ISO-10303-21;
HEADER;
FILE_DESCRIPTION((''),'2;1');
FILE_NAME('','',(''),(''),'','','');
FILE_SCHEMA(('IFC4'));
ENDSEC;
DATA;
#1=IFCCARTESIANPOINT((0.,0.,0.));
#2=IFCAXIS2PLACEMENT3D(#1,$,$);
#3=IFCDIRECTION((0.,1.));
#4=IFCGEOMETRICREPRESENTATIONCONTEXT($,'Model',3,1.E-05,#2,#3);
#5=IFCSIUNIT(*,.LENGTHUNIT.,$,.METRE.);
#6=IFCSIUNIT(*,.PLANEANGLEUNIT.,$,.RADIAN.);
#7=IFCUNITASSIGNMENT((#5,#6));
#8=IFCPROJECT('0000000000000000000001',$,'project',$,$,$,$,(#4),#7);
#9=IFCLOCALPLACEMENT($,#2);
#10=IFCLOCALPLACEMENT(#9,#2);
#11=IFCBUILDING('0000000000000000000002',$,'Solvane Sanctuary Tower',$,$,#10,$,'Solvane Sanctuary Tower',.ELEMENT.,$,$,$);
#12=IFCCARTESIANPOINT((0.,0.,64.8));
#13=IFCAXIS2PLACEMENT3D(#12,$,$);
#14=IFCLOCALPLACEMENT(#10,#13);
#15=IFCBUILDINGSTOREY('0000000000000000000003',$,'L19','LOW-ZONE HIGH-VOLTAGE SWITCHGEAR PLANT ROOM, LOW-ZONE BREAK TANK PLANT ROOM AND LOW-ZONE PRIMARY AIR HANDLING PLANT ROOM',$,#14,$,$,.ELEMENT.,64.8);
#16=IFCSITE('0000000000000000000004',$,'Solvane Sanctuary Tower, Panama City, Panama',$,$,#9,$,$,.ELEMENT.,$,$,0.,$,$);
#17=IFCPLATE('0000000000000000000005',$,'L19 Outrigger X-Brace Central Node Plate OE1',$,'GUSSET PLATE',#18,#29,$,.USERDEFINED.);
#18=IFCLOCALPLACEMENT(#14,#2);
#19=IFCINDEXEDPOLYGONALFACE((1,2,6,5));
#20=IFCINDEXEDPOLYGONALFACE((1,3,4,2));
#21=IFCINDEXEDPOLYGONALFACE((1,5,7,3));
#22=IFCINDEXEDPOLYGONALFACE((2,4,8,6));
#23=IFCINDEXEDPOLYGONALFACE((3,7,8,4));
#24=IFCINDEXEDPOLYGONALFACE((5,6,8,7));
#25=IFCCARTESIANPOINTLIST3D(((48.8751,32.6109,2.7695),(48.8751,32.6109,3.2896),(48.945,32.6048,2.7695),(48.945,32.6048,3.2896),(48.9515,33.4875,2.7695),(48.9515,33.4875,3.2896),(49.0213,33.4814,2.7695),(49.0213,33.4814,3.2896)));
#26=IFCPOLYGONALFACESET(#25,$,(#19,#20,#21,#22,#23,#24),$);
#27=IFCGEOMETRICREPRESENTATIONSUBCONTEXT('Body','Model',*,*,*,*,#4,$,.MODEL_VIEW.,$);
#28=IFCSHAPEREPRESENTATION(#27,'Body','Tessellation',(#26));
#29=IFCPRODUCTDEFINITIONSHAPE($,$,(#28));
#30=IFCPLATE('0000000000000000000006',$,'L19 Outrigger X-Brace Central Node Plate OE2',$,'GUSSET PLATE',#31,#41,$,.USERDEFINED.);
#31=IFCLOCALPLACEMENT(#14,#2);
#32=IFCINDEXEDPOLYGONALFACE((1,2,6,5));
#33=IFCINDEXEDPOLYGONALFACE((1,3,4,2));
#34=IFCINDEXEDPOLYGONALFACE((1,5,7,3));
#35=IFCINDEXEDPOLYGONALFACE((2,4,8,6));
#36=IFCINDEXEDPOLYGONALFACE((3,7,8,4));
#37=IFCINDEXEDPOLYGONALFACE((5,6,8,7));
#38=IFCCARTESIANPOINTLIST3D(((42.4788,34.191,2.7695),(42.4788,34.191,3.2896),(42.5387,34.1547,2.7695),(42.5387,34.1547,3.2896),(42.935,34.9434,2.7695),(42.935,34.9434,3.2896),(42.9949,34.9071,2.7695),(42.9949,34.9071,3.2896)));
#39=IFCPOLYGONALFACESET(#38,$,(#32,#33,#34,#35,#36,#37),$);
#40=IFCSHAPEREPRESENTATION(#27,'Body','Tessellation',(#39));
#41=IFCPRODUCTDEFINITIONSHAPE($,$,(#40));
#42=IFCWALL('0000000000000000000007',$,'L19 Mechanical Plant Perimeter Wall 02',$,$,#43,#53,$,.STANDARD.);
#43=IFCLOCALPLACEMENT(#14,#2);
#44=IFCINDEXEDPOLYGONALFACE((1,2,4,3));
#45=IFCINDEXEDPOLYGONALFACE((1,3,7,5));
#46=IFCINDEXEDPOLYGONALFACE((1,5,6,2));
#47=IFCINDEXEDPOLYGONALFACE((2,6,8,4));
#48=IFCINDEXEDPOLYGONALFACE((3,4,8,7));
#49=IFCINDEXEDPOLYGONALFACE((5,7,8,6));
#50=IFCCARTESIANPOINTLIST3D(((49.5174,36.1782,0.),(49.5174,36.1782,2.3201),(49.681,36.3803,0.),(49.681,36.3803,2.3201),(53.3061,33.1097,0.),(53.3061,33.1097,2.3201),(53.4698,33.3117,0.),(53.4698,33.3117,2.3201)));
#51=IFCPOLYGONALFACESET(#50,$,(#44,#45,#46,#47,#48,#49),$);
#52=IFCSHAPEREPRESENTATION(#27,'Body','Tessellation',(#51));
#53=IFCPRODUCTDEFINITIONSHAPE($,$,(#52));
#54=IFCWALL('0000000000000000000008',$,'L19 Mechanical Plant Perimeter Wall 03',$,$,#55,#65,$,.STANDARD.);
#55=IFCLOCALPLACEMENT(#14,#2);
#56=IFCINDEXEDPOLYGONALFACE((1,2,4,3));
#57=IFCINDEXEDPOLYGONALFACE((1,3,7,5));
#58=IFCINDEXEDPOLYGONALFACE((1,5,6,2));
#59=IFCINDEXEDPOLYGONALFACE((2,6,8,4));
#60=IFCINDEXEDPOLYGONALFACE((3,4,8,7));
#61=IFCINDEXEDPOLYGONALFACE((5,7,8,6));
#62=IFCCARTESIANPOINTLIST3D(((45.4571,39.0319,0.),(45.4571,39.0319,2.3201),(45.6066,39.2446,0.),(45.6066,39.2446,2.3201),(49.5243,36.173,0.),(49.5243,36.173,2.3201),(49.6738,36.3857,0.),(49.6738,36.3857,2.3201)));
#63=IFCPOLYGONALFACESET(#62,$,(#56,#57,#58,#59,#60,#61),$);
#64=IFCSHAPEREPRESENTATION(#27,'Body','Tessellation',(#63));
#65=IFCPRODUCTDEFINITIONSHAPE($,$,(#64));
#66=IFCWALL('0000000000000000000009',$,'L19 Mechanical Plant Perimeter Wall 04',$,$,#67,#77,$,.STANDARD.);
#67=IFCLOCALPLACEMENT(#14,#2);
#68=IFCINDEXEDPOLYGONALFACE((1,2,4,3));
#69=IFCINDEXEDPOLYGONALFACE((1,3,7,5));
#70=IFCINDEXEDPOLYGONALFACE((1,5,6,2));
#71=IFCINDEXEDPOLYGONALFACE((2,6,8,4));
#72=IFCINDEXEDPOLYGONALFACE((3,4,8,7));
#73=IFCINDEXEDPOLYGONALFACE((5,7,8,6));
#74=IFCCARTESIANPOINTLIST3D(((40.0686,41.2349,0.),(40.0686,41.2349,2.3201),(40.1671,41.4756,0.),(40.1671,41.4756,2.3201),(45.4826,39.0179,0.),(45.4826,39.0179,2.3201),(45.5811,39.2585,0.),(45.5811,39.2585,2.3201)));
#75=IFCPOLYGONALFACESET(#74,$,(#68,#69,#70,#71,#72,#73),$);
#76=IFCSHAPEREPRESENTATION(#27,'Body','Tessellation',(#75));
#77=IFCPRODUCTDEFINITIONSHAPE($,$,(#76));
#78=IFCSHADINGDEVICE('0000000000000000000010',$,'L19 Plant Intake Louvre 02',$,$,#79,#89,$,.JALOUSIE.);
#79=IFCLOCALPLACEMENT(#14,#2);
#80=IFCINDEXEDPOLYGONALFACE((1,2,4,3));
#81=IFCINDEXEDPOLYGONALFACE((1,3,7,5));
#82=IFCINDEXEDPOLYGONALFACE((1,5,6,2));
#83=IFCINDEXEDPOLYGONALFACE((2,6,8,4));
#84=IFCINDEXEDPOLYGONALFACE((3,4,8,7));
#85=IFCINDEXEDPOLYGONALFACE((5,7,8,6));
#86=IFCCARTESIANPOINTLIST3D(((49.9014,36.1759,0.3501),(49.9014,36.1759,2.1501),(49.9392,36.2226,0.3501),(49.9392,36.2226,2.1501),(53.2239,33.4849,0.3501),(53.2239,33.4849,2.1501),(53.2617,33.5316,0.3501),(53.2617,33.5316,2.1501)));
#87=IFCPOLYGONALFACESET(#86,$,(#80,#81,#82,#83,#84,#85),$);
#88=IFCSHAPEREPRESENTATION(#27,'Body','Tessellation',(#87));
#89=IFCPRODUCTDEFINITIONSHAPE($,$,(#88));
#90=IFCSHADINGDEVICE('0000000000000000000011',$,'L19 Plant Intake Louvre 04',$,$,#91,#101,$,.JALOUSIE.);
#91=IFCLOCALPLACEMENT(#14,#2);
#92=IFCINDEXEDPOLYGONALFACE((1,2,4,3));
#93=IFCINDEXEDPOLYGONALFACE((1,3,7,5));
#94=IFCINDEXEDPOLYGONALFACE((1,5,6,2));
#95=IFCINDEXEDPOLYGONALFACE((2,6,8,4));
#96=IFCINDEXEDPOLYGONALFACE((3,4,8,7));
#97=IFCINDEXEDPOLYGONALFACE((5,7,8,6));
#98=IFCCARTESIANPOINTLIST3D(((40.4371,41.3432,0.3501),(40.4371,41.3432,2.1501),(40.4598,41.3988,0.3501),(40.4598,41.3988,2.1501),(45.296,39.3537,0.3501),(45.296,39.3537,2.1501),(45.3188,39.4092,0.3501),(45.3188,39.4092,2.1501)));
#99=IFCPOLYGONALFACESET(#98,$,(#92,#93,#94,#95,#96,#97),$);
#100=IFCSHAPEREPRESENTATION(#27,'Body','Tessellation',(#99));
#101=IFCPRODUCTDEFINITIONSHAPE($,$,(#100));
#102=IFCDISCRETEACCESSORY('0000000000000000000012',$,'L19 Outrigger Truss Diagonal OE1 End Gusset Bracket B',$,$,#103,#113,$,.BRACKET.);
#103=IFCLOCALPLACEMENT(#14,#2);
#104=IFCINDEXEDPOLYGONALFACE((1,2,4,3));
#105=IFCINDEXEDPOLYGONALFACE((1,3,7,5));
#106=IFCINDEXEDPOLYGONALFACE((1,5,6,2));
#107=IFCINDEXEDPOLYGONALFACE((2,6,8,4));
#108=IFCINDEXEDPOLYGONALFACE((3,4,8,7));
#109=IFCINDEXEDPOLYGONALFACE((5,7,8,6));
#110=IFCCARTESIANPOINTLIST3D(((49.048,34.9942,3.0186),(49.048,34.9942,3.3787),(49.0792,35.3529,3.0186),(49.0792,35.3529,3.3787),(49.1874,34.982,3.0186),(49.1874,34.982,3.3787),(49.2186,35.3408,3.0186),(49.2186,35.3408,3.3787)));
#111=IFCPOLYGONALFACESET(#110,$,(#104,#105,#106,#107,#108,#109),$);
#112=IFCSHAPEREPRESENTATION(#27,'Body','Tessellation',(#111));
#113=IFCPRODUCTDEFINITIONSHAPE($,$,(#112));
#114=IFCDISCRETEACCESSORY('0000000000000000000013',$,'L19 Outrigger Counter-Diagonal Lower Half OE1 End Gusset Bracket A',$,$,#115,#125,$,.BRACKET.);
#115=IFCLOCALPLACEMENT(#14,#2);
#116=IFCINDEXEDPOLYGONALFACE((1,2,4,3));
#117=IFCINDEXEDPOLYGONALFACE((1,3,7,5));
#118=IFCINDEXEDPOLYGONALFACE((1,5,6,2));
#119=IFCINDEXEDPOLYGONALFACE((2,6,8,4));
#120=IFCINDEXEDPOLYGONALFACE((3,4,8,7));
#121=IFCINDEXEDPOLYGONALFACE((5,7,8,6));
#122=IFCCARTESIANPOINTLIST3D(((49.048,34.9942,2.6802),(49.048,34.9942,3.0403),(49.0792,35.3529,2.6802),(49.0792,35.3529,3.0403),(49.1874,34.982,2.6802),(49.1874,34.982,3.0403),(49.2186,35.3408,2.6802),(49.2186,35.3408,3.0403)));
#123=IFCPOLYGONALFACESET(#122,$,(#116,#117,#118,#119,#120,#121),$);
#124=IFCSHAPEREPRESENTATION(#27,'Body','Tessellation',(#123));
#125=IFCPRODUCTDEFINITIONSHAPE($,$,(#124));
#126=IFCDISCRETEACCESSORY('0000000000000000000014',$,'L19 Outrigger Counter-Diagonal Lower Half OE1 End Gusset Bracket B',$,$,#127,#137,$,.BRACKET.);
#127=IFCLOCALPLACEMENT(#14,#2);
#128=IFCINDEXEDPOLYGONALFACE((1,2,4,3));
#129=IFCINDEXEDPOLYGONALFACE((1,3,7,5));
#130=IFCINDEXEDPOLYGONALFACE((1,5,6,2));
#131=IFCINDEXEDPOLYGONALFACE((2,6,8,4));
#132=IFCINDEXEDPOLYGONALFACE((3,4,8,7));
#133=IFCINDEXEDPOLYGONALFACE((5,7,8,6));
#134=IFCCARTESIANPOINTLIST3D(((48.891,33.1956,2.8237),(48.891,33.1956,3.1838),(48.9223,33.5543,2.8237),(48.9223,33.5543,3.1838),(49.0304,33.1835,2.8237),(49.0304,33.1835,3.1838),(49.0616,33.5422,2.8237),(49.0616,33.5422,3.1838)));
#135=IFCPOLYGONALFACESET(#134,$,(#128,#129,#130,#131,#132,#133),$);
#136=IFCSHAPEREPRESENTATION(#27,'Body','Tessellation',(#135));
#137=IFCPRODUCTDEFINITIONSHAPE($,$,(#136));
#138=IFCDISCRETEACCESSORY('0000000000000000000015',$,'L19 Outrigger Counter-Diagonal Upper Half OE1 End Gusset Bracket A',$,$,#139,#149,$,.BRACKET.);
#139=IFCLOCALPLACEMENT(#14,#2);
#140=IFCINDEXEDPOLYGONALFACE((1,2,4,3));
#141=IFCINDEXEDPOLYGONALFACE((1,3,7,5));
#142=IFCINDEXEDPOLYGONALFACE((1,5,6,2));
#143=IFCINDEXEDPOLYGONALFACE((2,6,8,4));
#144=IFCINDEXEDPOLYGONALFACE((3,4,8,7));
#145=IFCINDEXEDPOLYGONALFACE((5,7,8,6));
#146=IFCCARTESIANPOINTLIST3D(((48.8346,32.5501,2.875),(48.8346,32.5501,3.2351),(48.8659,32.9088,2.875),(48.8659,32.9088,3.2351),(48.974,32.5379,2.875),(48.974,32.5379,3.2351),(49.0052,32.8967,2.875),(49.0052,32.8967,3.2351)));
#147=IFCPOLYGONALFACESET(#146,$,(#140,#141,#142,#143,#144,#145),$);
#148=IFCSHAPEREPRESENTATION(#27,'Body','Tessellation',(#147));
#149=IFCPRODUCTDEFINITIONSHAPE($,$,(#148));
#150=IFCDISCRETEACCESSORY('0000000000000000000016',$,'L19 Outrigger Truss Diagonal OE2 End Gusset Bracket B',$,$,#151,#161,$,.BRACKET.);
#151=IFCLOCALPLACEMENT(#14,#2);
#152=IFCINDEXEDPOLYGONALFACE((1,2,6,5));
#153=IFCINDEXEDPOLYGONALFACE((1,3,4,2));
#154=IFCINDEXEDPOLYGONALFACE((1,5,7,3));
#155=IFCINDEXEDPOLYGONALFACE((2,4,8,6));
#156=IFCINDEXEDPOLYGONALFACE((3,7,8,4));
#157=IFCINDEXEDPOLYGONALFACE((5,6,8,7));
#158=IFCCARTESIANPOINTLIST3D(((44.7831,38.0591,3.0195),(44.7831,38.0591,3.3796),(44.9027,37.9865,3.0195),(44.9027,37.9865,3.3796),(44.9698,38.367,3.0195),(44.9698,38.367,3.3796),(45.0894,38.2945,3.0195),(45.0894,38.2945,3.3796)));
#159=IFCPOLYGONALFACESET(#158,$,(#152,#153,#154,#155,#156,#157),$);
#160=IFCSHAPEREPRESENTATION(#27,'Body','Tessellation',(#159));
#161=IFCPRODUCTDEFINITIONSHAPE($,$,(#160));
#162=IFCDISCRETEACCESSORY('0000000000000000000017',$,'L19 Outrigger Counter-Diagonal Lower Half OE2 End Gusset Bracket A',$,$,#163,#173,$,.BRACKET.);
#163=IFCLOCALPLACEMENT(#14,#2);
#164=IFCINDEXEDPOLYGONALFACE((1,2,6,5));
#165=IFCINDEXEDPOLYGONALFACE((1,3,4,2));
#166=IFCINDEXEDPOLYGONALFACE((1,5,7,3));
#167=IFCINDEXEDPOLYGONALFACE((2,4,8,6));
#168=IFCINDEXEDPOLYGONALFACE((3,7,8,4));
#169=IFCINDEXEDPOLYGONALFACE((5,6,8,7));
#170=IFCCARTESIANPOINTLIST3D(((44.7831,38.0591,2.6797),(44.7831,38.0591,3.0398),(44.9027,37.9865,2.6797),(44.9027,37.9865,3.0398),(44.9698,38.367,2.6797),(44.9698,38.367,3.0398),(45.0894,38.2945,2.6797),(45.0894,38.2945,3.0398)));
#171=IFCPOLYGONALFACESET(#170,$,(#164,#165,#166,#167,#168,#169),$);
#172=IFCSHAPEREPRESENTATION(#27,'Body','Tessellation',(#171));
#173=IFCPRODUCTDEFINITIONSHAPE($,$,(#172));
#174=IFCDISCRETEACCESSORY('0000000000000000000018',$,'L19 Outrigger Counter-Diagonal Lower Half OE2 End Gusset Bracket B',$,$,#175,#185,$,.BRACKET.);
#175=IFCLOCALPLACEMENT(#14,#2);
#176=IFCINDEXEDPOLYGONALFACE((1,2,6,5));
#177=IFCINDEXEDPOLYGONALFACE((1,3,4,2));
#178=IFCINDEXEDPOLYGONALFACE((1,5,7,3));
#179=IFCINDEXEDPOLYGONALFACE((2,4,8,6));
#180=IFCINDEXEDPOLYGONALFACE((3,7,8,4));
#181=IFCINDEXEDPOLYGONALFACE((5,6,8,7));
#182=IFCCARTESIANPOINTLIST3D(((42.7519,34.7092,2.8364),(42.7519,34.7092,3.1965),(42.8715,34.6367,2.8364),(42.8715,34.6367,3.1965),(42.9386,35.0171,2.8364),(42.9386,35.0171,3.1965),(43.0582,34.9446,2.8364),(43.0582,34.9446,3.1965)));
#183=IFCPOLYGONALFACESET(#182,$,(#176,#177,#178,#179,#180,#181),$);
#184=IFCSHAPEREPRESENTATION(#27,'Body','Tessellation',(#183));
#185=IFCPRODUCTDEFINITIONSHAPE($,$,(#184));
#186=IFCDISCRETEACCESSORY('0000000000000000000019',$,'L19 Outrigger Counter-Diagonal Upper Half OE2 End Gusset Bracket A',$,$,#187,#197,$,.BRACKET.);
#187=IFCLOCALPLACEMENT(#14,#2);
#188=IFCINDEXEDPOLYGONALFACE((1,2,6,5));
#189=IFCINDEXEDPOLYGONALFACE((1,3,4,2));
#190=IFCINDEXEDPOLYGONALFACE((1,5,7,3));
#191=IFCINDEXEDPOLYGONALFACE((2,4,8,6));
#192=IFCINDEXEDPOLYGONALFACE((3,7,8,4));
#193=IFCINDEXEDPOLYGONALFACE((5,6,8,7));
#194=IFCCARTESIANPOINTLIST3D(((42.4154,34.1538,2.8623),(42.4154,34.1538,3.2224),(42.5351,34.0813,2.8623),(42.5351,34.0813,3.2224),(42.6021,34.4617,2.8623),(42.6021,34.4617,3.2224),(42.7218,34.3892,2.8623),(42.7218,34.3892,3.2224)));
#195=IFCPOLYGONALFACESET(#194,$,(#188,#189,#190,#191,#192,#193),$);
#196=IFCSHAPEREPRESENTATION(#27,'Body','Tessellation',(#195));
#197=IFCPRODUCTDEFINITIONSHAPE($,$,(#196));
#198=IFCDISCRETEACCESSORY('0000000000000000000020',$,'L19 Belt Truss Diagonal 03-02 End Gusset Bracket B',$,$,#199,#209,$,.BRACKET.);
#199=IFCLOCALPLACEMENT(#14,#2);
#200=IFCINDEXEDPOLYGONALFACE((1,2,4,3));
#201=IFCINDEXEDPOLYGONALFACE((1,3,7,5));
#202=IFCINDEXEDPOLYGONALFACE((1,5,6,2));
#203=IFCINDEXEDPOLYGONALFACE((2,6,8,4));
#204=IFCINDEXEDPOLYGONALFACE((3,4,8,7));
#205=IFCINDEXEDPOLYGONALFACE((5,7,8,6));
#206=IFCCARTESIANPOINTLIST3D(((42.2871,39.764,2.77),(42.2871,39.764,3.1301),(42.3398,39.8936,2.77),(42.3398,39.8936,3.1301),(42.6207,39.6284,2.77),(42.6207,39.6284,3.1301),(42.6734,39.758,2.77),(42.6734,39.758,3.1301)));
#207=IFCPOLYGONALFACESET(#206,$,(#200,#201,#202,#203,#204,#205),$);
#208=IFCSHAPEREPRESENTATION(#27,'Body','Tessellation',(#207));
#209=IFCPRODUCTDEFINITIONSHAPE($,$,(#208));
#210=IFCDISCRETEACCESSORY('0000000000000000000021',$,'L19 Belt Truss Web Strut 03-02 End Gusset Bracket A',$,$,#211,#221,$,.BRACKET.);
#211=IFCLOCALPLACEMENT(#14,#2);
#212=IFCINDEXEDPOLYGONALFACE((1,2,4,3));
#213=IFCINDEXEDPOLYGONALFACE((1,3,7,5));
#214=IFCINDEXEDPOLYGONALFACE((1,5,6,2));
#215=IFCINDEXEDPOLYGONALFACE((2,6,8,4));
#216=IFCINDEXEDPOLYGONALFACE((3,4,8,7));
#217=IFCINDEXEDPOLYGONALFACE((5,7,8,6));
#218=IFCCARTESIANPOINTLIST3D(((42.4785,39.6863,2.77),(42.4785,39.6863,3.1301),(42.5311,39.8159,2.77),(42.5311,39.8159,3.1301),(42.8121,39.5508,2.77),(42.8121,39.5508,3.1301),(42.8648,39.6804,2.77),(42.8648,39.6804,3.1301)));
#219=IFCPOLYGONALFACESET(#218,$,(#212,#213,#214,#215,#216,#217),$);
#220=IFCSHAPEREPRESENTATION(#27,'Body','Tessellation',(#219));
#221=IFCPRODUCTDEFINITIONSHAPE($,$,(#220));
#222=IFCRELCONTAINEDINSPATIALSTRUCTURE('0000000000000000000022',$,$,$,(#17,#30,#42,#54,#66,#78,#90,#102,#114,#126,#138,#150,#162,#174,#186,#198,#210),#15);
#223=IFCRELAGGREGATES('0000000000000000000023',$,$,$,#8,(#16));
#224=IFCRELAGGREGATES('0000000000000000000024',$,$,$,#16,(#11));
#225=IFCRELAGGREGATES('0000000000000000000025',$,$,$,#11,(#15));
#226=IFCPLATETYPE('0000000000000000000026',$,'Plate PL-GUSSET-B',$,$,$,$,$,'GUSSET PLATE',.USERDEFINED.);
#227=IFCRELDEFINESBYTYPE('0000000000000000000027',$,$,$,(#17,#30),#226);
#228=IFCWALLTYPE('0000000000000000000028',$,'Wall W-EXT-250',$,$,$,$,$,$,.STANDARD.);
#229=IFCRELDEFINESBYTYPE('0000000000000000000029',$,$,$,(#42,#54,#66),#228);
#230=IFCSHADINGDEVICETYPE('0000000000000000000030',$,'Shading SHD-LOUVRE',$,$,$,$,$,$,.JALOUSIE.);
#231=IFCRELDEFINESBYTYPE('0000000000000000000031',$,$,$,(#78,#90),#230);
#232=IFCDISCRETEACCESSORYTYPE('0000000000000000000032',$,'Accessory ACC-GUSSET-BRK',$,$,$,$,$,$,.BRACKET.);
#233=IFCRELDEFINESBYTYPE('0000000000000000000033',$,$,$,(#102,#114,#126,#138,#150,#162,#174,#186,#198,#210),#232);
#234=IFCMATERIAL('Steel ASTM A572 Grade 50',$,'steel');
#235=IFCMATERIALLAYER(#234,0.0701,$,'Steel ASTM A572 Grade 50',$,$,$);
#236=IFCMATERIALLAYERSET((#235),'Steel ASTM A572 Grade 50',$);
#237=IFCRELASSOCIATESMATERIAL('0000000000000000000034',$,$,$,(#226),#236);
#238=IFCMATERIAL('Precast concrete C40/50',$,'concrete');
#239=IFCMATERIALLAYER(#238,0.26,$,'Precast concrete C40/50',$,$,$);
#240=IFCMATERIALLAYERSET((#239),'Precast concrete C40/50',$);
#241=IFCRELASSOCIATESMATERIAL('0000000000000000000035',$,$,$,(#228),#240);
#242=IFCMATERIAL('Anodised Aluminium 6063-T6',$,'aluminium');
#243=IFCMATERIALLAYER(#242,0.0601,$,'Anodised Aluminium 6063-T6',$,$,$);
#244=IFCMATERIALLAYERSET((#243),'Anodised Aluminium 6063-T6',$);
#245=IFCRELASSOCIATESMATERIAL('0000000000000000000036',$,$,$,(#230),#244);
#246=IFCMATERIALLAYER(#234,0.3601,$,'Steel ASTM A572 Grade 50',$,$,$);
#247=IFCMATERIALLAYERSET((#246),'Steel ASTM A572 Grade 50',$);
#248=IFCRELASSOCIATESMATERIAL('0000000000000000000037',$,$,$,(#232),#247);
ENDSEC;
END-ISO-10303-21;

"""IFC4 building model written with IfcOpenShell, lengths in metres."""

from ifc_helpers import new_model, si_unit, direction, frame, frame_2d, origin, origin_2d, place, context, subcontext, project, spatial, rectangle, extrude, material, layer, layer_set, type_object, element, save


model = new_model("IFC4")

# Units and contexts
model_context = context("Model", 3, precision=1e-05, world=origin(), true_north=direction((0.0, 1.0)))
body_context = subcontext(model_context, "Body", "Model", "MODEL_VIEW")
ifc_project = project(units=[si_unit("LENGTHUNIT", "METRE"), si_unit("PLANEANGLEUNIT", "RADIAN")], contexts=[model_context])

# Site, building, storey
site_placement = place(None, origin())
site = spatial("IfcSite", under=ifc_project, at=site_placement, Name="Solvane Sanctuary Tower, Panama City, Panama", CompositionType="ELEMENT", RefElevation=0.0)
building_placement = place(site_placement, origin())
building = spatial("IfcBuilding", under=site, at=building_placement, Name="Solvane Sanctuary Tower", LongName="Solvane Sanctuary Tower", CompositionType="ELEMENT")
storey_placement = place(building_placement, frame((0.0, 0.0, 64.8)))
storey = spatial("IfcBuildingStorey", under=building, at=storey_placement, Name="L19", Description="LOW-ZONE HIGH-VOLTAGE SWITCHGEAR PLANT ROOM, LOW-ZONE BREAK TANK PLANT ROOM AND LOW-ZONE PRIMARY AIR HANDLING PLANT ROOM", CompositionType="ELEMENT", Elevation=64.8)

# Plates
ifc_material_1 = material(Name="Steel ASTM A572 Grade 50", Category="steel")
ifc_layer_1 = layer(ifc_material_1, 0.0701, Name="Steel ASTM A572 Grade 50")
ifc_layer_set_1 = layer_set([ifc_layer_1], Name="Steel ASTM A572 Grade 50")
plate_type = type_object("IfcPlateType", Name="Plate PL-GUSSET-B", ElementType="GUSSET PLATE", PredefinedType="USERDEFINED", material=ifc_layer_set_1)
for number, where, z_axis, x_axis, name in (
    (1, (48.9482, 33.0461, 2.7695), (0.0, 0.0, 1.0), (0.086808, 0.996225, 0.0), "L19 Outrigger X-Brace Central Node Plate OE1"),
    (2, (42.7368, 34.5491, 2.7695), (0.0, 0.0, 1.0), (0.518475, 0.855093, 0.0), "L19 Outrigger X-Brace Central Node Plate OE2"),
):
    element("IfcPlate", number, at=place(storey_placement, frame(where, z_axis=z_axis, x_axis=x_axis)), inside=storey, type_object=plate_type, Name=name, ObjectType="GUSSET PLATE", PredefinedType="USERDEFINED", context=body_context, shape_type="SweptSolid", body=[
        extrude(rectangle(XDim=0.8799, YDim=0.0701, at=origin_2d()), origin(), (0.0, 0.0, 1.0), 0.52),
    ])

# Walls
ifc_material_2 = material(Name="Precast concrete C40/50", Category="concrete")
ifc_layer_2 = layer(ifc_material_2, 0.26, Name="Precast concrete C40/50")
ifc_layer_set_2 = layer_set([ifc_layer_2], Name="Precast concrete C40/50")
wall_type = type_object("IfcWallType", Name="Wall W-EXT-250", PredefinedType="STANDARD", material=ifc_layer_set_2)
wall_1_placement = place(storey_placement, frame((53.3879, 33.2107, 0.0), z_axis=(0.0, 0.0, 1.0), x_axis=(-0.777098, 0.62938, 0.0)))
element("IfcWall", 3, at=wall_1_placement, inside=storey, type_object=wall_type, Name="L19 Mechanical Plant Perimeter Wall 02", PredefinedType="STANDARD", context=body_context, shape_type="SweptSolid", body=[
    extrude(rectangle(XDim=4.8755, YDim=0.26, at=frame_2d((2.4377, 0.0))), origin(), (0.0, 0.0, 1.0), 2.3201),
])
wall_2_placement = place(storey_placement, frame((49.5991, 36.2793, 0.0), z_axis=(0.0, 0.0, 1.0), x_axis=(-0.818107, 0.575066, 0.0)))
element("IfcWall", 4, at=wall_2_placement, inside=storey, type_object=wall_type, Name="L19 Mechanical Plant Perimeter Wall 03", PredefinedType="STANDARD", context=body_context, shape_type="SweptSolid", body=[
    extrude(rectangle(XDim=4.9714, YDim=0.26, at=frame_2d((2.4858, 0.0))), origin(), (0.0, 0.0, 1.0), 2.3201),
])
wall_3_placement = place(storey_placement, frame((45.532, 39.1382, 0.0), z_axis=(0.0, 0.0, 1.0), x_axis=(-0.925415, 0.378955, 0.0)))
element("IfcWall", 5, at=wall_3_placement, inside=storey, type_object=wall_type, Name="L19 Mechanical Plant Perimeter Wall 04", PredefinedType="STANDARD", context=body_context, shape_type="SweptSolid", body=[
    extrude(rectangle(XDim=5.8503, YDim=0.26, at=frame_2d((2.9253, 0.0))), origin(), (0.0, 0.0, 1.0), 2.3201),
])

# Shading devices
ifc_material_3 = material(Name="Anodised Aluminium 6063-T6", Category="aluminium")
ifc_layer_3 = layer(ifc_material_3, 0.0601, Name="Anodised Aluminium 6063-T6")
ifc_layer_set_3 = layer_set([ifc_layer_3], Name="Anodised Aluminium 6063-T6")
shading_device_type = type_object("IfcShadingDeviceType", Name="Shading SHD-LOUVRE", PredefinedType="JALOUSIE", material=ifc_layer_set_3)
shading_device_1_placement = place(storey_placement, frame((51.5815, 34.8538, 0.3501), z_axis=(0.0, 0.0, 1.0), x_axis=(-0.777094, 0.629384, 0.0)))
element("IfcShadingDevice", 6, at=shading_device_1_placement, inside=storey, type_object=shading_device_type, Name="L19 Plant Intake Louvre 02", PredefinedType="JALOUSIE", context=body_context, shape_type="SweptSolid", body=[
    extrude(rectangle(XDim=4.2756, YDim=0.0601, at=origin_2d()), origin(), (0.0, 0.0, 1.0), 1.8),
])
shading_device_2_placement = place(storey_placement, frame((42.8779, 40.3762, 0.3501), z_axis=(0.0, 0.0, 1.0), x_axis=(-0.925427, 0.378926, 0.0)))
element("IfcShadingDevice", 7, at=shading_device_2_placement, inside=storey, type_object=shading_device_type, Name="L19 Plant Intake Louvre 04", PredefinedType="JALOUSIE", context=body_context, shape_type="SweptSolid", body=[
    extrude(rectangle(XDim=5.2505, YDim=0.0601, at=origin_2d()), origin(), (0.0, 0.0, 1.0), 1.8),
])

# Discrete accessories
ifc_layer_4 = layer(ifc_material_1, 0.3601, Name="Steel ASTM A572 Grade 50")
ifc_layer_set_4 = layer_set([ifc_layer_4], Name="Steel ASTM A572 Grade 50")
discrete_accessory_type = type_object("IfcDiscreteAccessoryType", Name="Accessory ACC-GUSSET-BRK", PredefinedType="BRACKET", material=ifc_layer_set_4)
for number, where, z_axis, x_axis, name in (
    (8, (49.1333, 35.1675, 3.0186), (0.0, 0.0, 1.0), (0.086808, 0.996225, 0.0), "L19 Outrigger Truss Diagonal OE1 End Gusset Bracket B"),
    (9, (49.1333, 35.1675, 2.6802), (0.0, 0.0, 1.0), (-0.086808, -0.996225, 0.0), "L19 Outrigger Counter-Diagonal Lower Half OE1 End Gusset Bracket A"),
    (10, (48.9763, 33.3689, 2.8237), (0.0, 0.0, 1.0), (-0.086808, -0.996225, 0.0), "L19 Outrigger Counter-Diagonal Lower Half OE1 End Gusset Bracket B"),
    (11, (48.9199, 32.7234, 2.875), (0.0, 0.0, 1.0), (-0.086808, -0.996225, 0.0), "L19 Outrigger Counter-Diagonal Upper Half OE1 End Gusset Bracket A"),
    (12, (44.9363, 38.1768, 3.0195), (0.0, 0.0, 1.0), (0.518475, 0.855093, 0.0), "L19 Outrigger Truss Diagonal OE2 End Gusset Bracket B"),
    (13, (44.9363, 38.1768, 2.6797), (0.0, 0.0, 1.0), (-0.518475, -0.855093, 0.0), "L19 Outrigger Counter-Diagonal Lower Half OE2 End Gusset Bracket A"),
    (14, (42.905, 34.8269, 2.8364), (0.0, 0.0, 1.0), (-0.518475, -0.855093, 0.0), "L19 Outrigger Counter-Diagonal Lower Half OE2 End Gusset Bracket B"),
    (15, (42.5686, 34.2715, 2.8623), (0.0, 0.0, 1.0), (-0.518475, -0.855093, 0.0), "L19 Outrigger Counter-Diagonal Upper Half OE2 End Gusset Bracket A"),
    (16, (42.4802, 39.761, 2.77), (0.0, 0.0, 1.0), (0.926397, -0.376548, 0.0), "L19 Belt Truss Diagonal 03-02 End Gusset Bracket B"),
    (17, (42.6716, 39.6833, 2.77), (0.0, 0.0, 1.0), (0.926463, -0.376386, 0.0), "L19 Belt Truss Web Strut 03-02 End Gusset Bracket A"),
):
    element("IfcDiscreteAccessory", number, at=place(storey_placement, frame(where, z_axis=z_axis, x_axis=x_axis)), inside=storey, type_object=discrete_accessory_type, Name=name, PredefinedType="BRACKET", context=body_context, shape_type="SweptSolid", body=[
        extrude(rectangle(XDim=0.3601, YDim=0.1399, at=origin_2d()), origin(), (0.0, 0.0, 1.0), 0.3601),
    ])

save(model, "model.ifc")
